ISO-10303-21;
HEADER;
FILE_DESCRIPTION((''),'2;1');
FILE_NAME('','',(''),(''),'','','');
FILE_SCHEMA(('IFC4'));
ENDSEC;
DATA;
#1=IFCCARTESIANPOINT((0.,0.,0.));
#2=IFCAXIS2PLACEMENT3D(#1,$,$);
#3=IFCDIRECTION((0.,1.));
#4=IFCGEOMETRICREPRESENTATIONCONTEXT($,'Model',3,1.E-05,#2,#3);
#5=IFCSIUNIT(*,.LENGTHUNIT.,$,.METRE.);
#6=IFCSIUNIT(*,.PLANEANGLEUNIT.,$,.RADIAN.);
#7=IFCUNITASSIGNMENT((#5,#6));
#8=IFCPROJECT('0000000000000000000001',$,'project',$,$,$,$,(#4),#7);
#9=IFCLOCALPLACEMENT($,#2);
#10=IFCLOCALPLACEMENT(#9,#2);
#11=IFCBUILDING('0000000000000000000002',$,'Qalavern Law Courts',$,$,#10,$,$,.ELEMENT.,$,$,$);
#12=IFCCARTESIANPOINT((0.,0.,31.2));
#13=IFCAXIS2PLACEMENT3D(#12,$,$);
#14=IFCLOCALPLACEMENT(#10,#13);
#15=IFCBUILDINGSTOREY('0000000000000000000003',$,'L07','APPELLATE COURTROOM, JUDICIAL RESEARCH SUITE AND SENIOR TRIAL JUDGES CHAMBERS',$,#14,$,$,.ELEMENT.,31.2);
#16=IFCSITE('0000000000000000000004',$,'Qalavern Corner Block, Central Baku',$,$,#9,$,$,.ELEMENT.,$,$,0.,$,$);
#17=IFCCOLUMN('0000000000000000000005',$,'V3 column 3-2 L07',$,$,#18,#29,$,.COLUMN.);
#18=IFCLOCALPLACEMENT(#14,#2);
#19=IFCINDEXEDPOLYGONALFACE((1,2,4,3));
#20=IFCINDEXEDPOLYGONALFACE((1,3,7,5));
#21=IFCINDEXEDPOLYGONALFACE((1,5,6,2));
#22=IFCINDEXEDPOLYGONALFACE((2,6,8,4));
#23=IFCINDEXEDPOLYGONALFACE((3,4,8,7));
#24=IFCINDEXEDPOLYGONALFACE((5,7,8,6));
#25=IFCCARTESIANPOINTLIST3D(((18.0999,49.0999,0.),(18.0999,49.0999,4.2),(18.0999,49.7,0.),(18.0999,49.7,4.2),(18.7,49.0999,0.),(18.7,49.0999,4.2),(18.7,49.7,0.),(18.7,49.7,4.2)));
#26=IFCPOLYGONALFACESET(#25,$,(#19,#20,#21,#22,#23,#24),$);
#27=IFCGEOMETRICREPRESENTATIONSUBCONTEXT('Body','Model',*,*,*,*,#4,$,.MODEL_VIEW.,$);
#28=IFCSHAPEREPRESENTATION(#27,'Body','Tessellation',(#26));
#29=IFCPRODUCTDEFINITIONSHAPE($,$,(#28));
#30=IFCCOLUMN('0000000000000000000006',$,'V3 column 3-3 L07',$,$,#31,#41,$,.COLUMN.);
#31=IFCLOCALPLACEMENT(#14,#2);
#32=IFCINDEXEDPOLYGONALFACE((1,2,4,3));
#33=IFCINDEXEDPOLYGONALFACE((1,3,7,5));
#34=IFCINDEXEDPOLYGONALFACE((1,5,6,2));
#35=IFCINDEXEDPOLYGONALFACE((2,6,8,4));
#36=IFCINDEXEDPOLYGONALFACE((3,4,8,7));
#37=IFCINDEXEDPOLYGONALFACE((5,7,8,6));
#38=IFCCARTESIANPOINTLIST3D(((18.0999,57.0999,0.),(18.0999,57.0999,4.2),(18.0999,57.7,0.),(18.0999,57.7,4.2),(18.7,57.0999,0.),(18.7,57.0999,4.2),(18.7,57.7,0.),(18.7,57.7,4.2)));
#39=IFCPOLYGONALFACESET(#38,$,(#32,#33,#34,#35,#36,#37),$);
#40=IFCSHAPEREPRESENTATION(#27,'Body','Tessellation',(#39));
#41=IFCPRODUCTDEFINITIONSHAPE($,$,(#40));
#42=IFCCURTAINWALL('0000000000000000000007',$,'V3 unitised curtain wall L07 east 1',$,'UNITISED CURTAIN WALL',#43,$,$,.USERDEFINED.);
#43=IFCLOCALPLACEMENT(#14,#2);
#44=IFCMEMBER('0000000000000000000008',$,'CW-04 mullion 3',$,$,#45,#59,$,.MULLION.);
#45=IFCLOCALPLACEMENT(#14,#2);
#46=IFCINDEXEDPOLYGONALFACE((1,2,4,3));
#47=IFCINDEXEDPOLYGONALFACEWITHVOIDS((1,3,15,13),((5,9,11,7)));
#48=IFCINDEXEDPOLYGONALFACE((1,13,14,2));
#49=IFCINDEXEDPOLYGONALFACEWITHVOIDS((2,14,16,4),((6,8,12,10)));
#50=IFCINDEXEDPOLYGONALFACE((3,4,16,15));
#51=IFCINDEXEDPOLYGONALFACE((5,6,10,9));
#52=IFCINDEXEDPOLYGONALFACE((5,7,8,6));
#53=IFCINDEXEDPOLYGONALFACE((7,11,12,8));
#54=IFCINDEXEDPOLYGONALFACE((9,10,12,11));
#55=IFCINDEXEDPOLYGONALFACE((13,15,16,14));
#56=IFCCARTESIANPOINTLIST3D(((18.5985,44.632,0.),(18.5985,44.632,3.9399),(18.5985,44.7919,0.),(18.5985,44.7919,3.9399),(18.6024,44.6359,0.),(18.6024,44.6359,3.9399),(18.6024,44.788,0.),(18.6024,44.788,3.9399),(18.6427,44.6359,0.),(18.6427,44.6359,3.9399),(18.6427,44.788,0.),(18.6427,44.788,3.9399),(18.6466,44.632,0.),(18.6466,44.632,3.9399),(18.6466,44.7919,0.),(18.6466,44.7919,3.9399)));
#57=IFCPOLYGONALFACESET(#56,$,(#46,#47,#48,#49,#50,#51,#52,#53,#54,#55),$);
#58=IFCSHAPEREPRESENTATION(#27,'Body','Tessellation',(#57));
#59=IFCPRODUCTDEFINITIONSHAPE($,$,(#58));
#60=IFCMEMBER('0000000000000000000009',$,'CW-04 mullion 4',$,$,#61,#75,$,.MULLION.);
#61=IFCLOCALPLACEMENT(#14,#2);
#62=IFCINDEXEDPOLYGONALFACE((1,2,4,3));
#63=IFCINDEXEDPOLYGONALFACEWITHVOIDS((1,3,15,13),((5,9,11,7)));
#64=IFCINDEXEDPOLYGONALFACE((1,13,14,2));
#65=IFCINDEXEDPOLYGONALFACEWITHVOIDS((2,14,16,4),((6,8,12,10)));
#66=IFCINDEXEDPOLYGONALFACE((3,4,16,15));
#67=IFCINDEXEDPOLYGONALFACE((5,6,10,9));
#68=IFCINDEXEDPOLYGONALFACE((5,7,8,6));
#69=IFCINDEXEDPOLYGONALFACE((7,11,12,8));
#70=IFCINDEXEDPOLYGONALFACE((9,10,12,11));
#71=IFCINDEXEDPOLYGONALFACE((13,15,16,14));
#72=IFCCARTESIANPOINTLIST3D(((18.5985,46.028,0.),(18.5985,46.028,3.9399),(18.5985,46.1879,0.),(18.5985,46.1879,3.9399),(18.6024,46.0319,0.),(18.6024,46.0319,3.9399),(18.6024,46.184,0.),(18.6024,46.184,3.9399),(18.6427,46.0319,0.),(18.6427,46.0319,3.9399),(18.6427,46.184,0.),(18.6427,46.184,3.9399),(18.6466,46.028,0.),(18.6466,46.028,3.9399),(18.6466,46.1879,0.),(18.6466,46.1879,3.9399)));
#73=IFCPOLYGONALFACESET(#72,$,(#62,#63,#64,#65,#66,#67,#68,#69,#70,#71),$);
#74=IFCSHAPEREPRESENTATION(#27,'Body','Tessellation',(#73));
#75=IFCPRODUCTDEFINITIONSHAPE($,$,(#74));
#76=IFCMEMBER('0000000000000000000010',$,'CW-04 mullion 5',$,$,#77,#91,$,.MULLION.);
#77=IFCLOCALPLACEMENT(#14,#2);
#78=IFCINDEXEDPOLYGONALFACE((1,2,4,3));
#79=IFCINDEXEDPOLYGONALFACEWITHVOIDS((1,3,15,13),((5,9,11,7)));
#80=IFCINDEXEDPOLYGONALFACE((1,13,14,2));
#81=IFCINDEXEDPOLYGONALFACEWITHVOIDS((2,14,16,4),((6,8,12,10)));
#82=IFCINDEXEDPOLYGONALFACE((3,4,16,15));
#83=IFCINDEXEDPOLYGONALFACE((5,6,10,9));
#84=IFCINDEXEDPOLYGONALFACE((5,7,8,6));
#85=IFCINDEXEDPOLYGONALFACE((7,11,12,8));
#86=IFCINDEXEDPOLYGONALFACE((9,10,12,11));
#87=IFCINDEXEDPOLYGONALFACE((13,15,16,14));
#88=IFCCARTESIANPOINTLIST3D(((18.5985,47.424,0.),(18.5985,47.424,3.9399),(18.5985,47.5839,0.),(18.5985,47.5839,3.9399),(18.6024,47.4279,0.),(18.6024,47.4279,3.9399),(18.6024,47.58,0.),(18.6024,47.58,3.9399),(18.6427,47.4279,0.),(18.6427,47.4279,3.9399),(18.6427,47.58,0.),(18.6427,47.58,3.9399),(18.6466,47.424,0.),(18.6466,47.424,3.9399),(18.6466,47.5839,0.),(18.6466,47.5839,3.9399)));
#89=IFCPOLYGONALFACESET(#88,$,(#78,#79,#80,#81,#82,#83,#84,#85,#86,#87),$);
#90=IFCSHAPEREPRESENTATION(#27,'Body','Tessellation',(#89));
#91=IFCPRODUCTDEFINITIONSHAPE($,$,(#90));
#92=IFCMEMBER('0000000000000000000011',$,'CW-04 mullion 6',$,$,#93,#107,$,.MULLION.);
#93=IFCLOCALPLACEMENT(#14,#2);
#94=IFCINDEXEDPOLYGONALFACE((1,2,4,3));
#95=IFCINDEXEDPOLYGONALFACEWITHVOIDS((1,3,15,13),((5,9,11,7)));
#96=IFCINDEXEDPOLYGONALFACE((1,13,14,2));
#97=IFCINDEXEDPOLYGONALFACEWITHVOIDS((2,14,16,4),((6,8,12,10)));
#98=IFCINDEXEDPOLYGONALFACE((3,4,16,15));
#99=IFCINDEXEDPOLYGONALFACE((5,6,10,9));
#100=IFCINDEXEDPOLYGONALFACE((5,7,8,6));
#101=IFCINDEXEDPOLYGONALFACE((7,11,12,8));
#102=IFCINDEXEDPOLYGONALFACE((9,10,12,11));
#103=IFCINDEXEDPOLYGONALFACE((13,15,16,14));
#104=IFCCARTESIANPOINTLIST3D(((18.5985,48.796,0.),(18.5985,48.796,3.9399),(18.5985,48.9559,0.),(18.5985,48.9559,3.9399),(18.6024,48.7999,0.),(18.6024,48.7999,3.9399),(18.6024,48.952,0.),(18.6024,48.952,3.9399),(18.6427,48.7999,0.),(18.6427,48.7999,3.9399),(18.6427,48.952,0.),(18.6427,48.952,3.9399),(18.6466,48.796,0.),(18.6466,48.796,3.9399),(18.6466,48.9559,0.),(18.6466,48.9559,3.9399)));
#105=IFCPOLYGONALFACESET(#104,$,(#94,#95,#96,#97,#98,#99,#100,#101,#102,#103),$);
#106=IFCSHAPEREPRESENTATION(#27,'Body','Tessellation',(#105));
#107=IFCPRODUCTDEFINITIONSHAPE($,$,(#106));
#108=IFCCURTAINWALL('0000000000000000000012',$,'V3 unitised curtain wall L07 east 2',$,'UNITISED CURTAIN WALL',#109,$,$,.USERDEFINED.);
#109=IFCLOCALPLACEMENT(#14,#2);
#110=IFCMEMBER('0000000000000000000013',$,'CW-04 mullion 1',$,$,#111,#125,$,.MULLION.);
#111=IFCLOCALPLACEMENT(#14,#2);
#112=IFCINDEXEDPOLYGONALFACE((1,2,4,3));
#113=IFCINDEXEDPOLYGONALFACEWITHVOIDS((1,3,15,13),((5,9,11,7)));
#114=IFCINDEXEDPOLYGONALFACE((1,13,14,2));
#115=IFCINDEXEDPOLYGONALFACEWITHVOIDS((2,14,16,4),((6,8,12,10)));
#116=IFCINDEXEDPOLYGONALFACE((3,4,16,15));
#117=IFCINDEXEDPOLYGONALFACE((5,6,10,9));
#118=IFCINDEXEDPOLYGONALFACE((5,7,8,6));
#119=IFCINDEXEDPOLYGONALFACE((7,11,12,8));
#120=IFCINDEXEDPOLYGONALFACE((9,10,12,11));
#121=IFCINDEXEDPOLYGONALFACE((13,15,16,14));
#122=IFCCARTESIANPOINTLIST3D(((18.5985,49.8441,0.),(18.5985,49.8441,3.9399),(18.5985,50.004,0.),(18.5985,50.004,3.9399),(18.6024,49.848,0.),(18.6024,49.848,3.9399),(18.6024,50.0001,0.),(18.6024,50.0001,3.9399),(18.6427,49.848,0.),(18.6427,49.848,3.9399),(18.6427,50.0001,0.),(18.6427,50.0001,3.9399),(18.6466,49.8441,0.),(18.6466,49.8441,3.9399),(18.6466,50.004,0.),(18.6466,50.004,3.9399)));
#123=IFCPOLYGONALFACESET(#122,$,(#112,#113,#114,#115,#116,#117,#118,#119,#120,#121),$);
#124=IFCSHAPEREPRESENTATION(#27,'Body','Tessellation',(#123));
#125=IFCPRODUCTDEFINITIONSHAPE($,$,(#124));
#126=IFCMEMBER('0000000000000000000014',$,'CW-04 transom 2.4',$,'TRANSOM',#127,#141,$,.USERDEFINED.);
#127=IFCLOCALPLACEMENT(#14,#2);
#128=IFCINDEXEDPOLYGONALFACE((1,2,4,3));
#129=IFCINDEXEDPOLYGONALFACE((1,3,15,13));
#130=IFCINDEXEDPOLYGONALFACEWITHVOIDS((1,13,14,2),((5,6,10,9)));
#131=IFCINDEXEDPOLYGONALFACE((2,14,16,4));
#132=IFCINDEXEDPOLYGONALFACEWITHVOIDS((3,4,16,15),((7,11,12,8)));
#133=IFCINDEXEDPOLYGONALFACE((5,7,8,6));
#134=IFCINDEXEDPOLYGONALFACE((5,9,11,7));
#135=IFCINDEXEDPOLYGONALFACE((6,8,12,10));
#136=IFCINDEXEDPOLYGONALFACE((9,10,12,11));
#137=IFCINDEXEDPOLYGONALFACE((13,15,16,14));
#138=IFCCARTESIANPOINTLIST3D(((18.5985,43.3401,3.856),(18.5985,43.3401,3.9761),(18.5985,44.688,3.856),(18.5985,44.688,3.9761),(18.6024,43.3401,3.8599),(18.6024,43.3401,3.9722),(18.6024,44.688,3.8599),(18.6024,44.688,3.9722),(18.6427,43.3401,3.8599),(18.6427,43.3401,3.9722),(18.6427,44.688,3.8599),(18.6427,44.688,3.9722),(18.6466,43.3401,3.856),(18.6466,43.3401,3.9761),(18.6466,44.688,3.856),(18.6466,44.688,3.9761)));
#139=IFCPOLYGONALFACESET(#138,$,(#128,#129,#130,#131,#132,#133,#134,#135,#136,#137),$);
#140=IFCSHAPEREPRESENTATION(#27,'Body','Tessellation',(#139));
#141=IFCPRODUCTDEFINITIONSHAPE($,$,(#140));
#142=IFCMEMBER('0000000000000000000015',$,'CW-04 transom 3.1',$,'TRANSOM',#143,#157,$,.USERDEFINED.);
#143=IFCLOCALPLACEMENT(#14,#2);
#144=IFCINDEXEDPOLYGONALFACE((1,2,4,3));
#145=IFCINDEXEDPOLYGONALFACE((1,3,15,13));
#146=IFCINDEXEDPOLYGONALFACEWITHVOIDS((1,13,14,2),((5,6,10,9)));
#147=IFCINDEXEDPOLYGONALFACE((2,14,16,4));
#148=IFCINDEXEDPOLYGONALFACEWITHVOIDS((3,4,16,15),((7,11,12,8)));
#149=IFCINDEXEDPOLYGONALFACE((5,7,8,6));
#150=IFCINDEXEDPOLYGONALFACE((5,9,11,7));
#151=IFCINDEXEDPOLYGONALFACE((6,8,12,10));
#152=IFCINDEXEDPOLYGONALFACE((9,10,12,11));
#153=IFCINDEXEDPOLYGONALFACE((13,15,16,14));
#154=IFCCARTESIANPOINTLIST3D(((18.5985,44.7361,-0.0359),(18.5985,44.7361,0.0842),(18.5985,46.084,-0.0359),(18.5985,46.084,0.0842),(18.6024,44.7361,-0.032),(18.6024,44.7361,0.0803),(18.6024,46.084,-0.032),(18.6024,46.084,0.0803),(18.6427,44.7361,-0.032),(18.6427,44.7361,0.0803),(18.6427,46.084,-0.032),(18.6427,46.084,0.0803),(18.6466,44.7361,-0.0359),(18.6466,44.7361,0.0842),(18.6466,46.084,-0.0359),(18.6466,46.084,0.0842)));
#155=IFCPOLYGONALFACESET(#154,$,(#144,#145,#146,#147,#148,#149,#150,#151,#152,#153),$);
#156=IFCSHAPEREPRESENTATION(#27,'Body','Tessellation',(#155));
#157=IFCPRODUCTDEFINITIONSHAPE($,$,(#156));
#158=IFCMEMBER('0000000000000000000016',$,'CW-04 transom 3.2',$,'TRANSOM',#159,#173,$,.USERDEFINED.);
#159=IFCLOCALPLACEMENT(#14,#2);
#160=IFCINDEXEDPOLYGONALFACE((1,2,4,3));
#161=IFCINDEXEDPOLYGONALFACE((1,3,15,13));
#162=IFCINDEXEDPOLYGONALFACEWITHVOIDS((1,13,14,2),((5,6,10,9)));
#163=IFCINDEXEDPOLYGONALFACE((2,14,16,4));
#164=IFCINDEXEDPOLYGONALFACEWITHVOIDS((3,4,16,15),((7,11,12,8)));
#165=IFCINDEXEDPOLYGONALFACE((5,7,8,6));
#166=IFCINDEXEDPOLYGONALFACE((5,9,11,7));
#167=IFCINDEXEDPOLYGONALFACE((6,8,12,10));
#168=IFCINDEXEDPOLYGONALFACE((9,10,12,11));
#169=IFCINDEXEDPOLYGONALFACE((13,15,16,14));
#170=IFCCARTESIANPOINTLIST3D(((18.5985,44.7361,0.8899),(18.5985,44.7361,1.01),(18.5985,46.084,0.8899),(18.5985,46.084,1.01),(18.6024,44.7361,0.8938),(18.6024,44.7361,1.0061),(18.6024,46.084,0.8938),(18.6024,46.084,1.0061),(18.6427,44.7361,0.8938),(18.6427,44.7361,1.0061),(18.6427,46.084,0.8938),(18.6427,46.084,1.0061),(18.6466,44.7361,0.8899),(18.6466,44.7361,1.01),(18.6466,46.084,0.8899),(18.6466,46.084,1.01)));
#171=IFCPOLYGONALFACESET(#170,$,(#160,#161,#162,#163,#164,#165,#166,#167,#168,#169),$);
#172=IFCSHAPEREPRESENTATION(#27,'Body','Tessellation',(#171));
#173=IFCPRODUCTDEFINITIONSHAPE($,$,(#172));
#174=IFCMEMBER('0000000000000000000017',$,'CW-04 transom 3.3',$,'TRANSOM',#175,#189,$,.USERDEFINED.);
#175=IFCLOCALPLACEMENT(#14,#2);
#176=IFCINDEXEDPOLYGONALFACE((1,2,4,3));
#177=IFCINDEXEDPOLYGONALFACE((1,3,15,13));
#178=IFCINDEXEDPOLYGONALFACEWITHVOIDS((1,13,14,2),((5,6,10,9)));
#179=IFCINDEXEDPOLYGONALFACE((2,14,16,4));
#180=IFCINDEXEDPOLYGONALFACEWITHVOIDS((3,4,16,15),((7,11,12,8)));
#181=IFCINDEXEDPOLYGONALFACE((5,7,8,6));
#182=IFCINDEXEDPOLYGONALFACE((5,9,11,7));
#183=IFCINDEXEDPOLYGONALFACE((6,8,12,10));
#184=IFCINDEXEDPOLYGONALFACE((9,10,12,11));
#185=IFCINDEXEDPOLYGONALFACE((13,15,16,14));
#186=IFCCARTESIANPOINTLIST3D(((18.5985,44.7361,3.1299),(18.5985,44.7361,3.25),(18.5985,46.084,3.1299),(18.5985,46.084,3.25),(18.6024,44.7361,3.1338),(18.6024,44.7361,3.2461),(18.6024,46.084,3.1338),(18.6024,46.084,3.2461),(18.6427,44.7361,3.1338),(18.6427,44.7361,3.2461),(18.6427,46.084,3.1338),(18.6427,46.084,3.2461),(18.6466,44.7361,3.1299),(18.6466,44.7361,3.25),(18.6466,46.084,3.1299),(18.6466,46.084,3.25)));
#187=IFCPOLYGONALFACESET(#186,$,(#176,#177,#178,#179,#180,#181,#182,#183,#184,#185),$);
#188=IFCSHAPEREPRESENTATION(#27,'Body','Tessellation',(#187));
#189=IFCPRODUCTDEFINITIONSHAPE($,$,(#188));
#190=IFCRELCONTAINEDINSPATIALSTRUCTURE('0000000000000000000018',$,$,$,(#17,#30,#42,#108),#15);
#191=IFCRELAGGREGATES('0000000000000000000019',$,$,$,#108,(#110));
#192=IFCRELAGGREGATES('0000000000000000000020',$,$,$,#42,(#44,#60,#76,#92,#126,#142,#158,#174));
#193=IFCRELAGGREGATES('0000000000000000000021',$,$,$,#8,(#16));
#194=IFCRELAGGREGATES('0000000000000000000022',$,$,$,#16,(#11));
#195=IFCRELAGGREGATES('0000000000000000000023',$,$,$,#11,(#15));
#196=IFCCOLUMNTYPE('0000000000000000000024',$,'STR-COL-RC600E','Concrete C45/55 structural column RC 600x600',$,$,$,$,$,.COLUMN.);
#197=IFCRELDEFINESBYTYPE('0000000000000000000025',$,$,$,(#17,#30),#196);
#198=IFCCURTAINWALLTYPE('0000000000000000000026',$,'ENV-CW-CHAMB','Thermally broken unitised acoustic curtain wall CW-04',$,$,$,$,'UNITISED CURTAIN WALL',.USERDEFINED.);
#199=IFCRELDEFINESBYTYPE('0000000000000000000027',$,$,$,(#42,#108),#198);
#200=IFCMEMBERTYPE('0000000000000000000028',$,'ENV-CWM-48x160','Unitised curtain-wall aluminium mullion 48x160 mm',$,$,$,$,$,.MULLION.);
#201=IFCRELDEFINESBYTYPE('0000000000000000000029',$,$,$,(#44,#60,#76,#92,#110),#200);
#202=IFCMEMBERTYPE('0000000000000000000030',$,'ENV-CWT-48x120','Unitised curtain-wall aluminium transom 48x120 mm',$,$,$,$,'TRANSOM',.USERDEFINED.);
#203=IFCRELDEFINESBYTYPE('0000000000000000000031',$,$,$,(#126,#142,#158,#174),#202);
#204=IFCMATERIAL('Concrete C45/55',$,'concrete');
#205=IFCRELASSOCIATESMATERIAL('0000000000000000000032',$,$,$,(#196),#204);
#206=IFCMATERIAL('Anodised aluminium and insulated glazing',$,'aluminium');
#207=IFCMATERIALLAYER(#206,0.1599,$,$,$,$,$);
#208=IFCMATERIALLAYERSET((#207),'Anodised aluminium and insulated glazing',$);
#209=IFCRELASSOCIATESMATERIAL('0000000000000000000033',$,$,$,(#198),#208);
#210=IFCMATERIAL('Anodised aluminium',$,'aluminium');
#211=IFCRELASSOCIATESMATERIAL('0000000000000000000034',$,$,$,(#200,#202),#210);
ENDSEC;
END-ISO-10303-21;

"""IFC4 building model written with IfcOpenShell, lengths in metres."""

from ifc_helpers import new_model, si_unit, direction, frame, origin, origin_2d, place, context, subcontext, project, spatial, rectangle, hollow_rectangle, extrude, material, layer, layer_set, material_profile, profile_set, type_object, element, aggregate, save


model = new_model("IFC4")

# Units and contexts
model_context = context("Model", 3, precision=1e-05, world=origin(), true_north=direction((0.0, 1.0)))
body_context = subcontext(model_context, "Body", "Model", "MODEL_VIEW")
ifc_project = project(units=[si_unit("LENGTHUNIT", "METRE"), si_unit("PLANEANGLEUNIT", "RADIAN")], contexts=[model_context])

# Site, building, storey
site_placement = place(None, origin())
site = spatial("IfcSite", under=ifc_project, at=site_placement, Name="Qalavern Corner Block, Central Baku", CompositionType="ELEMENT", RefElevation=0.0)
building_placement = place(site_placement, origin())
building = spatial("IfcBuilding", under=site, at=building_placement, Name="Qalavern Law Courts", CompositionType="ELEMENT")
storey_placement = place(building_placement, frame((0.0, 0.0, 31.2)))
storey = spatial("IfcBuildingStorey", under=building, at=storey_placement, Name="L07", Description="APPELLATE COURTROOM, JUDICIAL RESEARCH SUITE AND SENIOR TRIAL JUDGES CHAMBERS", CompositionType="ELEMENT", Elevation=31.2)

# Columns
ifc_material_1 = material(Name="Concrete C45/55", Category="concrete")
ifc_material_profile_1 = material_profile(ifc_material_1, rectangle(XDim=0.6001, YDim=0.6001, at=origin_2d()), Name="RC 600x600")
ifc_profile_set_1 = profile_set([ifc_material_profile_1], Name="Concrete C45/55")
column_type = type_object("IfcColumnType", Name="STR-COL-RC600E", Description="Concrete C45/55 structural column RC 600x600", PredefinedType="COLUMN", material=ifc_profile_set_1)
for number, where, z_axis, x_axis, name in (
    (1, (18.3999, 49.3999, 0.0), (0.0, 0.0, 1.0), (1.0, 0.0, 0.0), "V3 column 3-2 L07"),
    (2, (18.3999, 57.3999, 0.0), (0.0, 0.0, 1.0), (1.0, 0.0, 0.0), "V3 column 3-3 L07"),
):
    element("IfcColumn", number, at=place(storey_placement, frame(where, z_axis=z_axis, x_axis=x_axis)), inside=storey, type_object=column_type, Name=name, PredefinedType="COLUMN", context=body_context, shape_type="SweptSolid", body=[
        extrude(rectangle(XDim=0.6001, YDim=0.6001, at=origin_2d()), origin(), (0.0, 0.0, 1.0), 4.2),
    ])

# Curtain wall, members
ifc_material_2 = material(Name="Anodised aluminium and insulated glazing", Category="aluminium")
ifc_layer_1 = layer(ifc_material_2, 0.1599)
ifc_layer_set_1 = layer_set([ifc_layer_1], Name="Anodised aluminium and insulated glazing")
curtain_wall_type = type_object("IfcCurtainWallType", Name="ENV-CW-CHAMB", Description="Thermally broken unitised acoustic curtain wall CW-04", ElementType="UNITISED CURTAIN WALL", PredefinedType="USERDEFINED", material=ifc_layer_set_1)
curtain_wall_1_placement = place(storey_placement, origin())
curtain_wall_1 = element("IfcCurtainWall", 3, at=curtain_wall_1_placement, inside=storey, type_object=curtain_wall_type, Name="V3 unitised curtain wall L07 east 1", ObjectType="UNITISED CURTAIN WALL", PredefinedType="USERDEFINED")
ifc_material_3 = material(Name="Anodised aluminium", Category="aluminium")
ifc_material_profile_2 = material_profile(ifc_material_3, hollow_rectangle(XDim=0.0481, YDim=0.1599, WallThickness=0.0039, at=origin_2d()), Name="ALU MULLION 48x160")
ifc_profile_set_2 = profile_set([ifc_material_profile_2], Name="Anodised aluminium")
member_type_1 = type_object("IfcMemberType", Name="ENV-CWM-48x160", Description="Unitised curtain-wall aluminium mullion 48x160 mm", PredefinedType="MULLION", material=ifc_profile_set_2)
member_1_placement = place(storey_placement, frame((18.6226, 44.7119, 0.0), z_axis=(0.0, 0.0, 1.0), x_axis=(-1.0, 0.0, 0.0)))
member_1 = element("IfcMember", 4, at=member_1_placement, type_object=member_type_1, Name="CW-04 mullion 3", PredefinedType="MULLION", context=body_context, shape_type="SweptSolid", body=[
    extrude(hollow_rectangle(XDim=0.0481, YDim=0.1599, WallThickness=0.0039, at=origin_2d()), origin(), (0.0, 0.0, 1.0), 3.9399),
])
member_2_placement = place(storey_placement, frame((18.6226, 46.1079, 0.0), z_axis=(0.0, 0.0, 1.0), x_axis=(-1.0, 0.0, 0.0)))
member_2 = element("IfcMember", 5, at=member_2_placement, type_object=member_type_1, Name="CW-04 mullion 4", PredefinedType="MULLION", context=body_context, shape_type="SweptSolid", body=[
    extrude(hollow_rectangle(XDim=0.0481, YDim=0.1599, WallThickness=0.0039, at=origin_2d()), origin(), (0.0, 0.0, 1.0), 3.9399),
])
member_3_placement = place(storey_placement, frame((18.6226, 47.5039, 0.0), z_axis=(0.0, 0.0, 1.0), x_axis=(-1.0, 0.0, 0.0)))
member_3 = element("IfcMember", 6, at=member_3_placement, type_object=member_type_1, Name="CW-04 mullion 5", PredefinedType="MULLION", context=body_context, shape_type="SweptSolid", body=[
    extrude(hollow_rectangle(XDim=0.0481, YDim=0.1599, WallThickness=0.0039, at=origin_2d()), origin(), (0.0, 0.0, 1.0), 3.9399),
])
member_4_placement = place(storey_placement, frame((18.6226, 48.876, 0.0), z_axis=(0.0, 0.0, 1.0), x_axis=(-1.0, 0.0, 0.0)))
member_4 = element("IfcMember", 7, at=member_4_placement, type_object=member_type_1, Name="CW-04 mullion 6", PredefinedType="MULLION", context=body_context, shape_type="SweptSolid", body=[
    extrude(hollow_rectangle(XDim=0.0481, YDim=0.1599, WallThickness=0.0039, at=origin_2d()), origin(), (0.0, 0.0, 1.0), 3.9399),
])

# Curtain wall, member
curtain_wall_2_placement = place(storey_placement, origin())
curtain_wall_2 = element("IfcCurtainWall", 8, at=curtain_wall_2_placement, inside=storey, type_object=curtain_wall_type, Name="V3 unitised curtain wall L07 east 2", ObjectType="UNITISED CURTAIN WALL", PredefinedType="USERDEFINED")
member_5_placement = place(storey_placement, frame((18.6226, 49.9241, 0.0), z_axis=(0.0, 0.0, 1.0), x_axis=(-1.0, 0.0, 0.0)))
member_5 = element("IfcMember", 9, at=member_5_placement, type_object=member_type_1, Name="CW-04 mullion 1", PredefinedType="MULLION", context=body_context, shape_type="SweptSolid", body=[
    extrude(hollow_rectangle(XDim=0.0481, YDim=0.1599, WallThickness=0.0039, at=origin_2d()), origin(), (0.0, 0.0, 1.0), 3.9399),
])

# Members
ifc_material_profile_3 = material_profile(ifc_material_3, hollow_rectangle(XDim=0.0481, YDim=0.1201, WallThickness=0.0039, at=origin_2d()), Name="ALU TRANSOM 48x120")
ifc_profile_set_3 = profile_set([ifc_material_profile_3], Name="Anodised aluminium")
member_type_2 = type_object("IfcMemberType", Name="ENV-CWT-48x120", Description="Unitised curtain-wall aluminium transom 48x120 mm", ElementType="TRANSOM", PredefinedType="USERDEFINED", material=ifc_profile_set_3)
member_6_placement = place(storey_placement, frame((18.6226, 43.3401, 3.916), z_axis=(0.0, 1.0, 0.0), x_axis=(-1.0, 0.0, 0.0)))
member_6 = element("IfcMember", 10, at=member_6_placement, type_object=member_type_2, Name="CW-04 transom 2.4", ObjectType="TRANSOM", PredefinedType="USERDEFINED", context=body_context, shape_type="SweptSolid", body=[
    extrude(hollow_rectangle(XDim=0.0481, YDim=0.1201, WallThickness=0.0039, at=origin_2d()), origin(), (0.0, 0.0, 1.0), 1.3479),
])
member_7_placement = place(storey_placement, frame((18.6226, 44.7361, 0.0242), z_axis=(0.0, 1.0, 0.0), x_axis=(-1.0, 0.0, 0.0)))
member_7 = element("IfcMember", 11, at=member_7_placement, type_object=member_type_2, Name="CW-04 transom 3.1", ObjectType="TRANSOM", PredefinedType="USERDEFINED", context=body_context, shape_type="SweptSolid", body=[
    extrude(hollow_rectangle(XDim=0.0481, YDim=0.1201, WallThickness=0.0039, at=origin_2d()), origin(), (0.0, 0.0, 1.0), 1.3479),
])
member_8_placement = place(storey_placement, frame((18.6226, 44.7361, 0.95), z_axis=(0.0, 1.0, 0.0), x_axis=(-1.0, 0.0, 0.0)))
member_8 = element("IfcMember", 12, at=member_8_placement, type_object=member_type_2, Name="CW-04 transom 3.2", ObjectType="TRANSOM", PredefinedType="USERDEFINED", context=body_context, shape_type="SweptSolid", body=[
    extrude(hollow_rectangle(XDim=0.0481, YDim=0.1201, WallThickness=0.0039, at=origin_2d()), origin(), (0.0, 0.0, 1.0), 1.3479),
])
member_9_placement = place(storey_placement, frame((18.6226, 44.7361, 3.1899), z_axis=(0.0, 1.0, 0.0), x_axis=(-1.0, 0.0, 0.0)))
member_9 = element("IfcMember", 13, at=member_9_placement, type_object=member_type_2, Name="CW-04 transom 3.3", ObjectType="TRANSOM", PredefinedType="USERDEFINED", context=body_context, shape_type="SweptSolid", body=[
    extrude(hollow_rectangle(XDim=0.0481, YDim=0.1201, WallThickness=0.0039, at=origin_2d()), origin(), (0.0, 0.0, 1.0), 1.3479),
])
aggregate(curtain_wall_2, [member_5])

aggregate(curtain_wall_1, [member_1, member_2, member_3, member_4, member_6, member_7, member_8, member_9])

save(model, "model.ifc")
